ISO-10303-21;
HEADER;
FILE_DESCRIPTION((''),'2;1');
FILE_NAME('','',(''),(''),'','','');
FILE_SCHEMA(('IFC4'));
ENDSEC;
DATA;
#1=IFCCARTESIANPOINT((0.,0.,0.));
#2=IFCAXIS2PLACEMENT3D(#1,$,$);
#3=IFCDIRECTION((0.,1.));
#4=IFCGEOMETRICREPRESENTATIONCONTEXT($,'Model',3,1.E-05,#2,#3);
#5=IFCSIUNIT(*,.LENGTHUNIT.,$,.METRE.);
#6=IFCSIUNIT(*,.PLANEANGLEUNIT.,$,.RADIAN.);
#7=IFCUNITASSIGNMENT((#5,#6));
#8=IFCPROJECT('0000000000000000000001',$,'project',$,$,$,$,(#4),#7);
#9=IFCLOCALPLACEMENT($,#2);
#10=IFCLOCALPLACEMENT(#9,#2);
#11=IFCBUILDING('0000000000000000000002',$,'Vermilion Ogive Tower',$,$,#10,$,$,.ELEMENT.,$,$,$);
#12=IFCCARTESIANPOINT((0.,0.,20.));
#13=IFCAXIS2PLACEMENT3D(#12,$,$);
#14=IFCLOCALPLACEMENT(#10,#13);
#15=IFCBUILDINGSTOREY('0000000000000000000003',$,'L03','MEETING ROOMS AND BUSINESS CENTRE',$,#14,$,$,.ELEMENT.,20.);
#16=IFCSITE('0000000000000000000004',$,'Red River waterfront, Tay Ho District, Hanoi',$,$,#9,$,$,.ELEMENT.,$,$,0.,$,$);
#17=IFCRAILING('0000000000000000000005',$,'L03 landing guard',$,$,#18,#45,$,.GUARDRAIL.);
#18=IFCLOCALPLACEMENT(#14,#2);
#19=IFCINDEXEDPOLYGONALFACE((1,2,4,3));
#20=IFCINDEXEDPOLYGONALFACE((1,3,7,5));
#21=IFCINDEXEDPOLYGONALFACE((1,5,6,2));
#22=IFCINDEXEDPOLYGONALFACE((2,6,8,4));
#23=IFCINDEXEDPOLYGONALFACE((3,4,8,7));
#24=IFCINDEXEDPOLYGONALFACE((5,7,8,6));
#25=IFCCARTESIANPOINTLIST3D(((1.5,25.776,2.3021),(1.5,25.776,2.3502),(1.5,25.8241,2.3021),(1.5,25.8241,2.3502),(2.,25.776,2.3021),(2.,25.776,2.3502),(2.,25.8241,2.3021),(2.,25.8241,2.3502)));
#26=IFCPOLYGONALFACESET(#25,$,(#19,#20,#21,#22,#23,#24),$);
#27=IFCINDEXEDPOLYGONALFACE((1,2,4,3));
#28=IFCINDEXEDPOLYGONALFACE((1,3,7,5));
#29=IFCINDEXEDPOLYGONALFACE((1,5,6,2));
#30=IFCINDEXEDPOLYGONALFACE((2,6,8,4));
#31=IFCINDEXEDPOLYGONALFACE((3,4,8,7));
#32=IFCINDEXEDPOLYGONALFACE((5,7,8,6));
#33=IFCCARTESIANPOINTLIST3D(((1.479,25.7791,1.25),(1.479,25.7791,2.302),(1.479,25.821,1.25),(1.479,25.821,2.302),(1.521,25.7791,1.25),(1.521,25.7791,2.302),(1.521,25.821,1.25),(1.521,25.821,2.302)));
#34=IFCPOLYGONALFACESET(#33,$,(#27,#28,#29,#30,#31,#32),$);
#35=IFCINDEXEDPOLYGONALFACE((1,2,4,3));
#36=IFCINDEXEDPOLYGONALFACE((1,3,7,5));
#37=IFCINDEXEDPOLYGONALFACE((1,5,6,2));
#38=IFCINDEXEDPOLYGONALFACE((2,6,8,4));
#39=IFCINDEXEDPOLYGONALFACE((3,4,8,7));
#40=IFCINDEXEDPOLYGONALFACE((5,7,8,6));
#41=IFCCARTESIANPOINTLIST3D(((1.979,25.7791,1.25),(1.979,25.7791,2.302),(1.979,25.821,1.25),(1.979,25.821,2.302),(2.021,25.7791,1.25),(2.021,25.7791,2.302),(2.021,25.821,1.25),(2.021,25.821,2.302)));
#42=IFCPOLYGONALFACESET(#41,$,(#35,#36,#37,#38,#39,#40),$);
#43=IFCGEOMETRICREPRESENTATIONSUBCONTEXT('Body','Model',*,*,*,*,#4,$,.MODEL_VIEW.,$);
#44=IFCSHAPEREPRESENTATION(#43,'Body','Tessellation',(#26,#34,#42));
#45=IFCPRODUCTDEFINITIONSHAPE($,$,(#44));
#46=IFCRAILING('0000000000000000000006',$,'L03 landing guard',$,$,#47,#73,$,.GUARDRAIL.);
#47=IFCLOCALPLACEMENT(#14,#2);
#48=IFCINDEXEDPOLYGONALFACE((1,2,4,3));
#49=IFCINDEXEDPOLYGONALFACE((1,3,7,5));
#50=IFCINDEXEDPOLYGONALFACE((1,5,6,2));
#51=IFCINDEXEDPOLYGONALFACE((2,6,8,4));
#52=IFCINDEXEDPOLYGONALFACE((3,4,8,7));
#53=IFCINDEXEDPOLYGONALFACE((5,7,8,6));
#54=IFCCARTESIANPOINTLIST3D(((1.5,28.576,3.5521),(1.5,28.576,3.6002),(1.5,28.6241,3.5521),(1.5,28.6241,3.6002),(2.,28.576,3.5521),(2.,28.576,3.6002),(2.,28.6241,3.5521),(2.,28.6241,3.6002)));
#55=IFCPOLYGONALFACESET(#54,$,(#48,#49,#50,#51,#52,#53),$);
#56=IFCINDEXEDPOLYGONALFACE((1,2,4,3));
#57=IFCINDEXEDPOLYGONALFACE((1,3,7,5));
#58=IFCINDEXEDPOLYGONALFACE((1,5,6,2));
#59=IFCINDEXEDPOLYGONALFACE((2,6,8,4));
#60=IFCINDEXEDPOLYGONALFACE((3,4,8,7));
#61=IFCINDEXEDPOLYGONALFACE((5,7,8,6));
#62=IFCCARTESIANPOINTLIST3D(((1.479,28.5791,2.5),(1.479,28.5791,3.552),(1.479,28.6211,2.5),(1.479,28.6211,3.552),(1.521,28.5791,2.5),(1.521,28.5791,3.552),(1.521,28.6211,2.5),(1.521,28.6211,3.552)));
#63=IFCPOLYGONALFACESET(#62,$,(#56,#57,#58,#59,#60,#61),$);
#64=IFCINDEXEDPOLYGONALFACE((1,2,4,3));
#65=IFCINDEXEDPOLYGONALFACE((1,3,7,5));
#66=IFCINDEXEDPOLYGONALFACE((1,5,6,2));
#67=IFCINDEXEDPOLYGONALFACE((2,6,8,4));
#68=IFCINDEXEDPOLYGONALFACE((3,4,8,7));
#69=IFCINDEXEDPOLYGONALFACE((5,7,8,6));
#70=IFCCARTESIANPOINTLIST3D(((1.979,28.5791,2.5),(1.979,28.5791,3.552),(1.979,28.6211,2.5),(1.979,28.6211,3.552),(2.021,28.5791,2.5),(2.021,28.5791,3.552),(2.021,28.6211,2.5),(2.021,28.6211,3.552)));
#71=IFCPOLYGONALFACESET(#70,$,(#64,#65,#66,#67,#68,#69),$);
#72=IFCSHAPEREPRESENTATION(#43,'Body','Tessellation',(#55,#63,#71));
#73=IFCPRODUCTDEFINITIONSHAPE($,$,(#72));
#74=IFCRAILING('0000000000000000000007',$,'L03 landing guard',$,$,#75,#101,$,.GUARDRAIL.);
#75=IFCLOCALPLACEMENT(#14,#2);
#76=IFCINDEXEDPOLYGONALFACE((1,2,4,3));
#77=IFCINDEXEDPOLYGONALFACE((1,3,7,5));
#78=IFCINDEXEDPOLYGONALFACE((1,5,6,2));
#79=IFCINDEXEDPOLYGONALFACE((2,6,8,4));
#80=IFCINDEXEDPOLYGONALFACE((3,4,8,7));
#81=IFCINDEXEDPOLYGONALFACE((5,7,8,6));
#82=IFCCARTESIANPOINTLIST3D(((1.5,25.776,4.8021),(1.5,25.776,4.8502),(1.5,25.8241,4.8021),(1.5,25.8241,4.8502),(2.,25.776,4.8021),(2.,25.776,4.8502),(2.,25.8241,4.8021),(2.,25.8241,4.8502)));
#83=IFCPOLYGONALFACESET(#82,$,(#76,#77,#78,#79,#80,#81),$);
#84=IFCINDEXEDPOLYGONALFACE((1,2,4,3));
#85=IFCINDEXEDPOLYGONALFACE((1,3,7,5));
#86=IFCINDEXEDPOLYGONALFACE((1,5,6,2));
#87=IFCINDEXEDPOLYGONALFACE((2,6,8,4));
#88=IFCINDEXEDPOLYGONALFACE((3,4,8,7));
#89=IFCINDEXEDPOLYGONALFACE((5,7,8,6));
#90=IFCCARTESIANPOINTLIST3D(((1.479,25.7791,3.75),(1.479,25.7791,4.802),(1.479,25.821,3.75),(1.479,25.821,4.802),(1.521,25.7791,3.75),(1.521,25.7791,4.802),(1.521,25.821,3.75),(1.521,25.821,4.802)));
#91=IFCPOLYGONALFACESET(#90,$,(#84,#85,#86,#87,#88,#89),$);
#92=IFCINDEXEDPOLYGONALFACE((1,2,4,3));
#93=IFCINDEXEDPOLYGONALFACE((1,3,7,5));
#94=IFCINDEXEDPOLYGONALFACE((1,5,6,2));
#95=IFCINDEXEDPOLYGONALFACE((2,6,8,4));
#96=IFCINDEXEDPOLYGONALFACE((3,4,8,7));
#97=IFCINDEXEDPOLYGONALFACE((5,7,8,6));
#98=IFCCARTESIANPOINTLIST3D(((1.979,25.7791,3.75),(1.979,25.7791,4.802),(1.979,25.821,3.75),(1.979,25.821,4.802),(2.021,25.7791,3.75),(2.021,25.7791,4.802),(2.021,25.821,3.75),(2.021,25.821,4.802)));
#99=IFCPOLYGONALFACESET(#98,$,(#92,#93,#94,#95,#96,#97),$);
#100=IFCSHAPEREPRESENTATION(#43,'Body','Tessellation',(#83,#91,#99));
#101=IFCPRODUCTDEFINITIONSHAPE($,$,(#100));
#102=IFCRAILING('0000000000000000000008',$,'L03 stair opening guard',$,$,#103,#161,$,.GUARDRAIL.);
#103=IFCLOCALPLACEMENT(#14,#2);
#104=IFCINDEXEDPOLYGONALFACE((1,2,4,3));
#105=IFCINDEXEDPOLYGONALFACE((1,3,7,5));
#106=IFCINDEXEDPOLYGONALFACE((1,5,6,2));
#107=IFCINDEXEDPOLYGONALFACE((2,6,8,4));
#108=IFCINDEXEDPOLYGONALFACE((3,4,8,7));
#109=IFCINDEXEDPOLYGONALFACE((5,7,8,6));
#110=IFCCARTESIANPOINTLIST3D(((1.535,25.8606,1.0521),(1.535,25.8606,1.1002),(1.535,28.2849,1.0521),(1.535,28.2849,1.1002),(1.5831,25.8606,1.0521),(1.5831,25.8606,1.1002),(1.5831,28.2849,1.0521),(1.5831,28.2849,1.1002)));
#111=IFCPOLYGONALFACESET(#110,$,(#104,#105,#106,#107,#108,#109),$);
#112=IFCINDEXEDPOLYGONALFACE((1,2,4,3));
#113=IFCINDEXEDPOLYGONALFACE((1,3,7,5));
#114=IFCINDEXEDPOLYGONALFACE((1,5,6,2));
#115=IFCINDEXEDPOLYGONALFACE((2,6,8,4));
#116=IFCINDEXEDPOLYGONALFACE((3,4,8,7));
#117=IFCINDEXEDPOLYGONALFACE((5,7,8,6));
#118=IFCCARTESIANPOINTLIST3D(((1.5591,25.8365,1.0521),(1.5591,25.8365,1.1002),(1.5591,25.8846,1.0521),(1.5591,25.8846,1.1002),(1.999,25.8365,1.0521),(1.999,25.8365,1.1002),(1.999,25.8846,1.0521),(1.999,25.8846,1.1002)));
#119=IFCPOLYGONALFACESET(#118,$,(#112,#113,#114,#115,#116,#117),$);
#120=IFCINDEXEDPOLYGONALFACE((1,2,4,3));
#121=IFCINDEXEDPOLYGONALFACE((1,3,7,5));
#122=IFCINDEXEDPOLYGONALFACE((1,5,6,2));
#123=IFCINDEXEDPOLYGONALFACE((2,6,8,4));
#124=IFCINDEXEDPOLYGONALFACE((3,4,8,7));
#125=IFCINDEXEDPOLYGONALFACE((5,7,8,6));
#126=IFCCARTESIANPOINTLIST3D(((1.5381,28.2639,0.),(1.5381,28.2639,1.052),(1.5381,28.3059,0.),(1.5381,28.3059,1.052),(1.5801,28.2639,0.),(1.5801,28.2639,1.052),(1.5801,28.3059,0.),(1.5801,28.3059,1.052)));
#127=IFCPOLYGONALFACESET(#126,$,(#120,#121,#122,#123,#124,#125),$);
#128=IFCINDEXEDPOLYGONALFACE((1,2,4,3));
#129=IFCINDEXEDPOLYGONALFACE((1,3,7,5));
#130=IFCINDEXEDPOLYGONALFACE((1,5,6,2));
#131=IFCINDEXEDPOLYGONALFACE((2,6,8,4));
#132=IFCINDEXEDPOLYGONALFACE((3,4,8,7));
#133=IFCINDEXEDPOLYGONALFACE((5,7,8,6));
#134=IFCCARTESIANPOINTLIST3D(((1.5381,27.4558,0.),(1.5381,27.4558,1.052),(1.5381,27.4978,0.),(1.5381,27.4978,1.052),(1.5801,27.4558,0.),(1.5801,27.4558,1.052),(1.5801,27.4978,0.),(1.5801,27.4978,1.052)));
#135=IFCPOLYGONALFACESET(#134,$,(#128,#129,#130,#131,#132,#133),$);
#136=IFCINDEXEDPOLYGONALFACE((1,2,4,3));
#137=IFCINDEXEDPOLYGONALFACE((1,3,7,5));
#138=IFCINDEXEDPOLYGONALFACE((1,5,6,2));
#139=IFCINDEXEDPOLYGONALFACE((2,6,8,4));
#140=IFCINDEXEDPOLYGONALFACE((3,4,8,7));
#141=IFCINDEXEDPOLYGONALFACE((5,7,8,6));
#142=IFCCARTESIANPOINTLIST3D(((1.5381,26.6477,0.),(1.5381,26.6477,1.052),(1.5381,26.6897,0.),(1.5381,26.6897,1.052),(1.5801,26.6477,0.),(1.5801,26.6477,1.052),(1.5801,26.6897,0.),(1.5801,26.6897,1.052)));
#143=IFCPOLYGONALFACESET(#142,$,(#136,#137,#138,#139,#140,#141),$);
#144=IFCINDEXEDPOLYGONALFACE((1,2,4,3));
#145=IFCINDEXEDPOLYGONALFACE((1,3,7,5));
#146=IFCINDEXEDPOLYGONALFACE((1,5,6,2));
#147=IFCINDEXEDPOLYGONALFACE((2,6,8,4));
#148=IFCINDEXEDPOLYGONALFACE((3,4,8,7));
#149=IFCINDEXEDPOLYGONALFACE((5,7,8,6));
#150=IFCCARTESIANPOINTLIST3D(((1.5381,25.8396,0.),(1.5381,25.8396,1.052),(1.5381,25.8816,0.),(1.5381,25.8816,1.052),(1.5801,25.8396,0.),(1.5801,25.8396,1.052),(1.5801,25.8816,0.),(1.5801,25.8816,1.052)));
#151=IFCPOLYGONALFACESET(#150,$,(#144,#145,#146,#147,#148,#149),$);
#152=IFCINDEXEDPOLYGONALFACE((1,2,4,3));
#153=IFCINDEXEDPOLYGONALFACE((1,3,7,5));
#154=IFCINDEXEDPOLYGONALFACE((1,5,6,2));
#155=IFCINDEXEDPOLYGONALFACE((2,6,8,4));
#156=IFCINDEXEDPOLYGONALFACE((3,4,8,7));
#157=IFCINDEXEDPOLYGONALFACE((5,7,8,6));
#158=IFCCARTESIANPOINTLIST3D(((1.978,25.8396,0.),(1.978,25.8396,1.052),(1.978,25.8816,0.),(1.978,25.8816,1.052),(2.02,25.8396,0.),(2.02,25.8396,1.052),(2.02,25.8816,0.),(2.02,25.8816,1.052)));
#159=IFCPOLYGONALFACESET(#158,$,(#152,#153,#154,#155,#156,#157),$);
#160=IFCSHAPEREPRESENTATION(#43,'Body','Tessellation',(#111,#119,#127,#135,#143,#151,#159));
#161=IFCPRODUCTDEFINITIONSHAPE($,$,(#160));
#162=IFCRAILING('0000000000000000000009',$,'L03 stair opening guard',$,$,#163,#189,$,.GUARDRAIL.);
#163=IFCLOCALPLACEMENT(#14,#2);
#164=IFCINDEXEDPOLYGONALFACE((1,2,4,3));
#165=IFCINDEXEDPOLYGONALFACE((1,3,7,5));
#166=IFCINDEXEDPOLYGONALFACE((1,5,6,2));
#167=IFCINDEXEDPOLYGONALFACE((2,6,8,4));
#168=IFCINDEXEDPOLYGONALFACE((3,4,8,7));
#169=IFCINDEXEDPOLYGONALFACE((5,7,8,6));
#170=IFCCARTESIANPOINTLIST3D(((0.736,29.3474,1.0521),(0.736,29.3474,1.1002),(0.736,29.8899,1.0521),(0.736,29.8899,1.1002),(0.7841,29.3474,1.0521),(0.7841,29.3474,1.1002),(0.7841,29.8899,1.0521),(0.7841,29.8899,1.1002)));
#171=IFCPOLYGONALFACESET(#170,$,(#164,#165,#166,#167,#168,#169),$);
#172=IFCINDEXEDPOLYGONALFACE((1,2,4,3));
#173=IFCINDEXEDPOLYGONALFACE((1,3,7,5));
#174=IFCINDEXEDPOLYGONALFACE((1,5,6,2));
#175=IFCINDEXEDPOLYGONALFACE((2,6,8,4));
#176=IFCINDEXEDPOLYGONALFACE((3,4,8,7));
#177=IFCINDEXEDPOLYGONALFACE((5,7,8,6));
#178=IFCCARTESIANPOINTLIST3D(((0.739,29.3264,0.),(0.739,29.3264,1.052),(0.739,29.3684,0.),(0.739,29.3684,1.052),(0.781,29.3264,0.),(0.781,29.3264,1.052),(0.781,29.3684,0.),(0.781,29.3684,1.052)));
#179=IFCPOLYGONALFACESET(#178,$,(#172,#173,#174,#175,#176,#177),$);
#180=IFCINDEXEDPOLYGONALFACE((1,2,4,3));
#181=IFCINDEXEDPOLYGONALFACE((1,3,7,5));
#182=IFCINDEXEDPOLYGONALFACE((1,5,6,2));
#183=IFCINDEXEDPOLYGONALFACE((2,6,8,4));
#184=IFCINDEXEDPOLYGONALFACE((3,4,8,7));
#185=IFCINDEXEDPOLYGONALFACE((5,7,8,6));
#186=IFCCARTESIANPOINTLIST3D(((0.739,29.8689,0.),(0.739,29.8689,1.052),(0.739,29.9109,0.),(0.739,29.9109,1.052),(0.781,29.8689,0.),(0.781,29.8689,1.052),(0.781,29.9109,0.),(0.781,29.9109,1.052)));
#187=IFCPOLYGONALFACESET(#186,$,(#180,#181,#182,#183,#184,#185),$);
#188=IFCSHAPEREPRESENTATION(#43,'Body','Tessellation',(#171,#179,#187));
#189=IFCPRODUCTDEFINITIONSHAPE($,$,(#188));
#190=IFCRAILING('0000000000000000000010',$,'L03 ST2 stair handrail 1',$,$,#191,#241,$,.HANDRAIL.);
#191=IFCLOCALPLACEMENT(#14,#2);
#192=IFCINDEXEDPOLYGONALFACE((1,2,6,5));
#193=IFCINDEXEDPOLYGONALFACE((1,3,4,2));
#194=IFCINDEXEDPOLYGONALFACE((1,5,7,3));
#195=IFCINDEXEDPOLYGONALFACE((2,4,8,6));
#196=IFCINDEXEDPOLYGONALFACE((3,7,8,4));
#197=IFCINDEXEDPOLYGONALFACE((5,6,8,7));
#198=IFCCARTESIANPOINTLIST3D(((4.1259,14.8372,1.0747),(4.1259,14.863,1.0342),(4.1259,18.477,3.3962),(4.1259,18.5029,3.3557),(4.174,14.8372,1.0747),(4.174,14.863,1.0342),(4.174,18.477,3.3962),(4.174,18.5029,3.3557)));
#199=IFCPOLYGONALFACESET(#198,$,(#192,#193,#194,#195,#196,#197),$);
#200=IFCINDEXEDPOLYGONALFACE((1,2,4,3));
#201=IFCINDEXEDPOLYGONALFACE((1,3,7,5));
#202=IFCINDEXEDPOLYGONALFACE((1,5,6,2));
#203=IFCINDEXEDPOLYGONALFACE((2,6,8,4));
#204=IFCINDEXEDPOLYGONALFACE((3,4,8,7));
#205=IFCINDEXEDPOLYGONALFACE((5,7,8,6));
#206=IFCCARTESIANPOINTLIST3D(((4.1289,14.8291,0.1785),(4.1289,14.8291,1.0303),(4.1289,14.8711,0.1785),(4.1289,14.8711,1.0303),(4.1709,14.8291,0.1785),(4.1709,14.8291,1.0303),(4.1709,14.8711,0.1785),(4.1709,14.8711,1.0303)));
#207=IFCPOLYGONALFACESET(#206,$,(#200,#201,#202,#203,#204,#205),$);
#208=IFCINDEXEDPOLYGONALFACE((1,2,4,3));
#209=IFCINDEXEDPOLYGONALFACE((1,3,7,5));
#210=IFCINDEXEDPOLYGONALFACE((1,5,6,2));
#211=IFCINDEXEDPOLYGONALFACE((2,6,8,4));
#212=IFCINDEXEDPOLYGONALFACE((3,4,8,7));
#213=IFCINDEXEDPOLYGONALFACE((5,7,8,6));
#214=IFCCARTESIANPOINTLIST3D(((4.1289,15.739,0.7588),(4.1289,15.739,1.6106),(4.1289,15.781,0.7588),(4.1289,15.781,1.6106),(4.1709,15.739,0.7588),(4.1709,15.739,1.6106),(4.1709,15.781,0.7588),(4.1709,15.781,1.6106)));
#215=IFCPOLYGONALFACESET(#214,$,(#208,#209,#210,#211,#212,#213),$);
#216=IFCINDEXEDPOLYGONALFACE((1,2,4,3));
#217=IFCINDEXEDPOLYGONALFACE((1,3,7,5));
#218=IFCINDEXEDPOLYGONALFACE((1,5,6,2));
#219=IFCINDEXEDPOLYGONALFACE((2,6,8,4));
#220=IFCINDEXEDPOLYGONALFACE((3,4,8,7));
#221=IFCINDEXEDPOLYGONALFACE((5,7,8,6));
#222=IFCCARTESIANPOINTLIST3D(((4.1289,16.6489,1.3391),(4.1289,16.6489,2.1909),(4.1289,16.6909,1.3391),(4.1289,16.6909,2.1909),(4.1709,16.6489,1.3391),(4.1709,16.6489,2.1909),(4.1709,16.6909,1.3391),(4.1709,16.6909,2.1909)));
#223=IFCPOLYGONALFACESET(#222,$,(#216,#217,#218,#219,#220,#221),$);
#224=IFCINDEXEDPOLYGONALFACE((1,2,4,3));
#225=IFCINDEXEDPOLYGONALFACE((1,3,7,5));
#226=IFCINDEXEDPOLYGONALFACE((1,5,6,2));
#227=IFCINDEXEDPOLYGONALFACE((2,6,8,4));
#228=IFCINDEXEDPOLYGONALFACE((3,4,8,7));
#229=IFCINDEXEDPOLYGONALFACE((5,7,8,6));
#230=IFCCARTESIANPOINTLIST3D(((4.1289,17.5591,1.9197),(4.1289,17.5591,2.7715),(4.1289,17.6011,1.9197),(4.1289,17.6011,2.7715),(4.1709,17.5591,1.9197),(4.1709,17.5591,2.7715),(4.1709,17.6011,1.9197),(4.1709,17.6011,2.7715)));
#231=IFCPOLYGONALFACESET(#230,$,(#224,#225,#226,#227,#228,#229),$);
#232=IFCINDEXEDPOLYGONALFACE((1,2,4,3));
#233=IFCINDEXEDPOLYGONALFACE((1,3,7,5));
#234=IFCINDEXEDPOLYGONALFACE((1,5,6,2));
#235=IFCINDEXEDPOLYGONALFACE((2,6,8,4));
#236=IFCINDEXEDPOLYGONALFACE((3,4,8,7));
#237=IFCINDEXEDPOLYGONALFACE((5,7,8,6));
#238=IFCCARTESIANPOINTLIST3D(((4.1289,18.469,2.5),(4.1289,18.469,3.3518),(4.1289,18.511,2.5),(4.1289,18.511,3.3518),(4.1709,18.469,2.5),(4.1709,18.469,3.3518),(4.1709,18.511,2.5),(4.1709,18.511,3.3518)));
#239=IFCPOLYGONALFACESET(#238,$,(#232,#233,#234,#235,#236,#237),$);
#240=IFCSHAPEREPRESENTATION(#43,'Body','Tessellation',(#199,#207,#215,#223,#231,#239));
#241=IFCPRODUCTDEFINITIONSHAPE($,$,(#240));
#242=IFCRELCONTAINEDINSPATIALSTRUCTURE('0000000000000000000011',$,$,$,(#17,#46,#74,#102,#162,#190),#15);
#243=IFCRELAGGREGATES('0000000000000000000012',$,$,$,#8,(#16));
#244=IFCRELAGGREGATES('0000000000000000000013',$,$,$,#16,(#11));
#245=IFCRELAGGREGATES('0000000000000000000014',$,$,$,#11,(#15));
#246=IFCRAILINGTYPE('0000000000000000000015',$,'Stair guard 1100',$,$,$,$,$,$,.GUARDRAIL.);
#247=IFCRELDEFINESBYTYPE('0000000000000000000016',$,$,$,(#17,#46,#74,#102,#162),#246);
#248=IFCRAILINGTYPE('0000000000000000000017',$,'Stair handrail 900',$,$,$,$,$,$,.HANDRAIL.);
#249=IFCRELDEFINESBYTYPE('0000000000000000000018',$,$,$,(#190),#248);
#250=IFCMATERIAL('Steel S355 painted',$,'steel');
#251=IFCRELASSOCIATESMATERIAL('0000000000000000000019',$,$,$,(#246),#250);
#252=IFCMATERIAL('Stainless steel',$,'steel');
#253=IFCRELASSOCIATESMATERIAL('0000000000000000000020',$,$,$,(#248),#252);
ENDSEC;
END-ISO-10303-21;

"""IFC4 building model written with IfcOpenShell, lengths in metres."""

from ifc_helpers import new_model, si_unit, direction, frame, origin, origin_2d, place, context, subcontext, project, spatial, rectangle, extrude, material, type_object, element, save


model = new_model("IFC4")

# Units and contexts
model_context = context("Model", 3, precision=1e-05, world=origin(), true_north=direction((0.0, 1.0)))
body_context = subcontext(model_context, "Body", "Model", "MODEL_VIEW")
ifc_project = project(units=[si_unit("LENGTHUNIT", "METRE"), si_unit("PLANEANGLEUNIT", "RADIAN")], contexts=[model_context])

# Site, building, storey
site_placement = place(None, origin())
site = spatial("IfcSite", under=ifc_project, at=site_placement, Name="Red River waterfront, Tay Ho District, Hanoi", CompositionType="ELEMENT", RefElevation=0.0)
building_placement = place(site_placement, origin())
building = spatial("IfcBuilding", under=site, at=building_placement, Name="Vermilion Ogive Tower", CompositionType="ELEMENT")
storey_placement = place(building_placement, frame((0.0, 0.0, 20.0)))
storey = spatial("IfcBuildingStorey", under=building, at=storey_placement, Name="L03", Description="MEETING ROOMS AND BUSINESS CENTRE", CompositionType="ELEMENT", Elevation=20.0)

# Railings
ifc_material_1 = material(Name="Steel S355 painted", Category="steel")
railing_type_1 = type_object("IfcRailingType", Name="Stair guard 1100", PredefinedType="GUARDRAIL", material=ifc_material_1)
for number, where, name in (
    (1, (1.5, 25.8, 1.25), "L03 landing guard"),
    (2, (1.5, 28.6001, 2.5), "L03 landing guard"),
    (3, (1.5, 25.8, 3.75), "L03 landing guard"),
):
    element("IfcRailing", number, at=place(storey_placement, frame(where)), inside=storey, type_object=railing_type_1, Name=name, PredefinedType="GUARDRAIL", context=body_context, shape_type="SweptSolid", body=[
        extrude(rectangle(XDim=0.0481, YDim=0.0481, at=origin_2d()), frame((0.0, 0.0, 1.0762), z_axis=(1.0, 0.0, 0.0), x_axis=(0.0, 1.0, 0.0)), (0.0, 0.0, 1.0), 0.5),
        extrude(rectangle(XDim=0.042, YDim=0.042, at=origin_2d()), origin(), (0.0, 0.0, 1.0), 1.052),
        extrude(rectangle(XDim=0.042, YDim=0.042, at=origin_2d()), frame((0.5, 0.0, 0.0)), (0.0, 0.0, 1.0), 1.052),
    ])
railing_1_placement = place(storey_placement, frame((1.5591, 28.2849, 0.0)))
element("IfcRailing", 4, at=railing_1_placement, inside=storey, type_object=railing_type_1, Name="L03 stair opening guard", PredefinedType="GUARDRAIL", context=body_context, shape_type="SweptSolid", body=[
    extrude(rectangle(XDim=0.0481, YDim=0.0481, at=origin_2d()), frame((0.0, 0.0, 1.0762), z_axis=(0.0, -1.0, 0.0), x_axis=(1.0, 0.0, 0.0)), (0.0, 0.0, 1.0), 2.4243),
    extrude(rectangle(XDim=0.0481, YDim=0.0481, at=origin_2d()), frame((0.0, -2.4243, 1.0762), z_axis=(1.0, 0.0, 0.0), x_axis=(0.0, 1.0, 0.0)), (0.0, 0.0, 1.0), 0.4399),
    extrude(rectangle(XDim=0.042, YDim=0.042, at=origin_2d()), origin(), (0.0, 0.0, 1.0), 1.052),
    extrude(rectangle(XDim=0.042, YDim=0.042, at=origin_2d()), frame((0.0, -0.8081, 0.0)), (0.0, 0.0, 1.0), 1.052),
    extrude(rectangle(XDim=0.042, YDim=0.042, at=origin_2d()), frame((0.0, -1.6162, 0.0)), (0.0, 0.0, 1.0), 1.052),
    extrude(rectangle(XDim=0.042, YDim=0.042, at=origin_2d()), frame((0.0, -2.4243, 0.0)), (0.0, 0.0, 1.0), 1.052),
    extrude(rectangle(XDim=0.042, YDim=0.042, at=origin_2d()), frame((0.4399, -2.4243, 0.0)), (0.0, 0.0, 1.0), 1.052),
])
railing_2_placement = place(storey_placement, frame((0.76, 29.3474, 0.0)))
element("IfcRailing", 5, at=railing_2_placement, inside=storey, type_object=railing_type_1, Name="L03 stair opening guard", PredefinedType="GUARDRAIL", context=body_context, shape_type="SweptSolid", body=[
    extrude(rectangle(XDim=0.0481, YDim=0.0481, at=origin_2d()), frame((0.0, 0.0, 1.0762), z_axis=(0.0, 1.0, 0.0), x_axis=(-1.0, 0.0, 0.0)), (0.0, 0.0, 1.0), 0.5425),
    extrude(rectangle(XDim=0.042, YDim=0.042, at=origin_2d()), origin(), (0.0, 0.0, 1.0), 1.052),
    extrude(rectangle(XDim=0.042, YDim=0.042, at=origin_2d()), frame((0.0, 0.5425, 0.0)), (0.0, 0.0, 1.0), 1.052),
])
ifc_material_2 = material(Name="Stainless steel", Category="steel")
railing_type_2 = type_object("IfcRailingType", Name="Stair handrail 900", PredefinedType="HANDRAIL", material=ifc_material_2)
railing_3_placement = place(storey_placement, frame((4.1499, 14.8501, 0.1785)))
element("IfcRailing", 6, at=railing_3_placement, inside=storey, type_object=railing_type_2, Name="L03 ST2 stair handrail 1", PredefinedType="HANDRAIL", context=body_context, shape_type="SweptSolid", body=[
    extrude(rectangle(XDim=0.0481, YDim=0.0481, at=origin_2d()), frame((0.0, 0.0, 0.876), z_axis=(0.0, 0.843112, 0.537739), x_axis=(-1.0, 0.0, 0.0)), (0.0, 0.0, 1.0), 4.3171),
    extrude(rectangle(XDim=0.042, YDim=0.042, at=origin_2d()), origin(), (0.0, 0.0, 1.0), 0.8518),
    extrude(rectangle(XDim=0.042, YDim=0.042, at=origin_2d()), frame((0.0, 0.9099, 0.5803)), (0.0, 0.0, 1.0), 0.8518),
    extrude(rectangle(XDim=0.042, YDim=0.042, at=origin_2d()), frame((0.0, 1.8198, 1.1606)), (0.0, 0.0, 1.0), 0.8518),
    extrude(rectangle(XDim=0.042, YDim=0.042, at=origin_2d()), frame((0.0, 2.73, 1.7412)), (0.0, 0.0, 1.0), 0.8518),
    extrude(rectangle(XDim=0.042, YDim=0.042, at=origin_2d()), frame((0.0, 3.6399, 2.3215)), (0.0, 0.0, 1.0), 0.8518),
])

save(model, "model.ifc")
